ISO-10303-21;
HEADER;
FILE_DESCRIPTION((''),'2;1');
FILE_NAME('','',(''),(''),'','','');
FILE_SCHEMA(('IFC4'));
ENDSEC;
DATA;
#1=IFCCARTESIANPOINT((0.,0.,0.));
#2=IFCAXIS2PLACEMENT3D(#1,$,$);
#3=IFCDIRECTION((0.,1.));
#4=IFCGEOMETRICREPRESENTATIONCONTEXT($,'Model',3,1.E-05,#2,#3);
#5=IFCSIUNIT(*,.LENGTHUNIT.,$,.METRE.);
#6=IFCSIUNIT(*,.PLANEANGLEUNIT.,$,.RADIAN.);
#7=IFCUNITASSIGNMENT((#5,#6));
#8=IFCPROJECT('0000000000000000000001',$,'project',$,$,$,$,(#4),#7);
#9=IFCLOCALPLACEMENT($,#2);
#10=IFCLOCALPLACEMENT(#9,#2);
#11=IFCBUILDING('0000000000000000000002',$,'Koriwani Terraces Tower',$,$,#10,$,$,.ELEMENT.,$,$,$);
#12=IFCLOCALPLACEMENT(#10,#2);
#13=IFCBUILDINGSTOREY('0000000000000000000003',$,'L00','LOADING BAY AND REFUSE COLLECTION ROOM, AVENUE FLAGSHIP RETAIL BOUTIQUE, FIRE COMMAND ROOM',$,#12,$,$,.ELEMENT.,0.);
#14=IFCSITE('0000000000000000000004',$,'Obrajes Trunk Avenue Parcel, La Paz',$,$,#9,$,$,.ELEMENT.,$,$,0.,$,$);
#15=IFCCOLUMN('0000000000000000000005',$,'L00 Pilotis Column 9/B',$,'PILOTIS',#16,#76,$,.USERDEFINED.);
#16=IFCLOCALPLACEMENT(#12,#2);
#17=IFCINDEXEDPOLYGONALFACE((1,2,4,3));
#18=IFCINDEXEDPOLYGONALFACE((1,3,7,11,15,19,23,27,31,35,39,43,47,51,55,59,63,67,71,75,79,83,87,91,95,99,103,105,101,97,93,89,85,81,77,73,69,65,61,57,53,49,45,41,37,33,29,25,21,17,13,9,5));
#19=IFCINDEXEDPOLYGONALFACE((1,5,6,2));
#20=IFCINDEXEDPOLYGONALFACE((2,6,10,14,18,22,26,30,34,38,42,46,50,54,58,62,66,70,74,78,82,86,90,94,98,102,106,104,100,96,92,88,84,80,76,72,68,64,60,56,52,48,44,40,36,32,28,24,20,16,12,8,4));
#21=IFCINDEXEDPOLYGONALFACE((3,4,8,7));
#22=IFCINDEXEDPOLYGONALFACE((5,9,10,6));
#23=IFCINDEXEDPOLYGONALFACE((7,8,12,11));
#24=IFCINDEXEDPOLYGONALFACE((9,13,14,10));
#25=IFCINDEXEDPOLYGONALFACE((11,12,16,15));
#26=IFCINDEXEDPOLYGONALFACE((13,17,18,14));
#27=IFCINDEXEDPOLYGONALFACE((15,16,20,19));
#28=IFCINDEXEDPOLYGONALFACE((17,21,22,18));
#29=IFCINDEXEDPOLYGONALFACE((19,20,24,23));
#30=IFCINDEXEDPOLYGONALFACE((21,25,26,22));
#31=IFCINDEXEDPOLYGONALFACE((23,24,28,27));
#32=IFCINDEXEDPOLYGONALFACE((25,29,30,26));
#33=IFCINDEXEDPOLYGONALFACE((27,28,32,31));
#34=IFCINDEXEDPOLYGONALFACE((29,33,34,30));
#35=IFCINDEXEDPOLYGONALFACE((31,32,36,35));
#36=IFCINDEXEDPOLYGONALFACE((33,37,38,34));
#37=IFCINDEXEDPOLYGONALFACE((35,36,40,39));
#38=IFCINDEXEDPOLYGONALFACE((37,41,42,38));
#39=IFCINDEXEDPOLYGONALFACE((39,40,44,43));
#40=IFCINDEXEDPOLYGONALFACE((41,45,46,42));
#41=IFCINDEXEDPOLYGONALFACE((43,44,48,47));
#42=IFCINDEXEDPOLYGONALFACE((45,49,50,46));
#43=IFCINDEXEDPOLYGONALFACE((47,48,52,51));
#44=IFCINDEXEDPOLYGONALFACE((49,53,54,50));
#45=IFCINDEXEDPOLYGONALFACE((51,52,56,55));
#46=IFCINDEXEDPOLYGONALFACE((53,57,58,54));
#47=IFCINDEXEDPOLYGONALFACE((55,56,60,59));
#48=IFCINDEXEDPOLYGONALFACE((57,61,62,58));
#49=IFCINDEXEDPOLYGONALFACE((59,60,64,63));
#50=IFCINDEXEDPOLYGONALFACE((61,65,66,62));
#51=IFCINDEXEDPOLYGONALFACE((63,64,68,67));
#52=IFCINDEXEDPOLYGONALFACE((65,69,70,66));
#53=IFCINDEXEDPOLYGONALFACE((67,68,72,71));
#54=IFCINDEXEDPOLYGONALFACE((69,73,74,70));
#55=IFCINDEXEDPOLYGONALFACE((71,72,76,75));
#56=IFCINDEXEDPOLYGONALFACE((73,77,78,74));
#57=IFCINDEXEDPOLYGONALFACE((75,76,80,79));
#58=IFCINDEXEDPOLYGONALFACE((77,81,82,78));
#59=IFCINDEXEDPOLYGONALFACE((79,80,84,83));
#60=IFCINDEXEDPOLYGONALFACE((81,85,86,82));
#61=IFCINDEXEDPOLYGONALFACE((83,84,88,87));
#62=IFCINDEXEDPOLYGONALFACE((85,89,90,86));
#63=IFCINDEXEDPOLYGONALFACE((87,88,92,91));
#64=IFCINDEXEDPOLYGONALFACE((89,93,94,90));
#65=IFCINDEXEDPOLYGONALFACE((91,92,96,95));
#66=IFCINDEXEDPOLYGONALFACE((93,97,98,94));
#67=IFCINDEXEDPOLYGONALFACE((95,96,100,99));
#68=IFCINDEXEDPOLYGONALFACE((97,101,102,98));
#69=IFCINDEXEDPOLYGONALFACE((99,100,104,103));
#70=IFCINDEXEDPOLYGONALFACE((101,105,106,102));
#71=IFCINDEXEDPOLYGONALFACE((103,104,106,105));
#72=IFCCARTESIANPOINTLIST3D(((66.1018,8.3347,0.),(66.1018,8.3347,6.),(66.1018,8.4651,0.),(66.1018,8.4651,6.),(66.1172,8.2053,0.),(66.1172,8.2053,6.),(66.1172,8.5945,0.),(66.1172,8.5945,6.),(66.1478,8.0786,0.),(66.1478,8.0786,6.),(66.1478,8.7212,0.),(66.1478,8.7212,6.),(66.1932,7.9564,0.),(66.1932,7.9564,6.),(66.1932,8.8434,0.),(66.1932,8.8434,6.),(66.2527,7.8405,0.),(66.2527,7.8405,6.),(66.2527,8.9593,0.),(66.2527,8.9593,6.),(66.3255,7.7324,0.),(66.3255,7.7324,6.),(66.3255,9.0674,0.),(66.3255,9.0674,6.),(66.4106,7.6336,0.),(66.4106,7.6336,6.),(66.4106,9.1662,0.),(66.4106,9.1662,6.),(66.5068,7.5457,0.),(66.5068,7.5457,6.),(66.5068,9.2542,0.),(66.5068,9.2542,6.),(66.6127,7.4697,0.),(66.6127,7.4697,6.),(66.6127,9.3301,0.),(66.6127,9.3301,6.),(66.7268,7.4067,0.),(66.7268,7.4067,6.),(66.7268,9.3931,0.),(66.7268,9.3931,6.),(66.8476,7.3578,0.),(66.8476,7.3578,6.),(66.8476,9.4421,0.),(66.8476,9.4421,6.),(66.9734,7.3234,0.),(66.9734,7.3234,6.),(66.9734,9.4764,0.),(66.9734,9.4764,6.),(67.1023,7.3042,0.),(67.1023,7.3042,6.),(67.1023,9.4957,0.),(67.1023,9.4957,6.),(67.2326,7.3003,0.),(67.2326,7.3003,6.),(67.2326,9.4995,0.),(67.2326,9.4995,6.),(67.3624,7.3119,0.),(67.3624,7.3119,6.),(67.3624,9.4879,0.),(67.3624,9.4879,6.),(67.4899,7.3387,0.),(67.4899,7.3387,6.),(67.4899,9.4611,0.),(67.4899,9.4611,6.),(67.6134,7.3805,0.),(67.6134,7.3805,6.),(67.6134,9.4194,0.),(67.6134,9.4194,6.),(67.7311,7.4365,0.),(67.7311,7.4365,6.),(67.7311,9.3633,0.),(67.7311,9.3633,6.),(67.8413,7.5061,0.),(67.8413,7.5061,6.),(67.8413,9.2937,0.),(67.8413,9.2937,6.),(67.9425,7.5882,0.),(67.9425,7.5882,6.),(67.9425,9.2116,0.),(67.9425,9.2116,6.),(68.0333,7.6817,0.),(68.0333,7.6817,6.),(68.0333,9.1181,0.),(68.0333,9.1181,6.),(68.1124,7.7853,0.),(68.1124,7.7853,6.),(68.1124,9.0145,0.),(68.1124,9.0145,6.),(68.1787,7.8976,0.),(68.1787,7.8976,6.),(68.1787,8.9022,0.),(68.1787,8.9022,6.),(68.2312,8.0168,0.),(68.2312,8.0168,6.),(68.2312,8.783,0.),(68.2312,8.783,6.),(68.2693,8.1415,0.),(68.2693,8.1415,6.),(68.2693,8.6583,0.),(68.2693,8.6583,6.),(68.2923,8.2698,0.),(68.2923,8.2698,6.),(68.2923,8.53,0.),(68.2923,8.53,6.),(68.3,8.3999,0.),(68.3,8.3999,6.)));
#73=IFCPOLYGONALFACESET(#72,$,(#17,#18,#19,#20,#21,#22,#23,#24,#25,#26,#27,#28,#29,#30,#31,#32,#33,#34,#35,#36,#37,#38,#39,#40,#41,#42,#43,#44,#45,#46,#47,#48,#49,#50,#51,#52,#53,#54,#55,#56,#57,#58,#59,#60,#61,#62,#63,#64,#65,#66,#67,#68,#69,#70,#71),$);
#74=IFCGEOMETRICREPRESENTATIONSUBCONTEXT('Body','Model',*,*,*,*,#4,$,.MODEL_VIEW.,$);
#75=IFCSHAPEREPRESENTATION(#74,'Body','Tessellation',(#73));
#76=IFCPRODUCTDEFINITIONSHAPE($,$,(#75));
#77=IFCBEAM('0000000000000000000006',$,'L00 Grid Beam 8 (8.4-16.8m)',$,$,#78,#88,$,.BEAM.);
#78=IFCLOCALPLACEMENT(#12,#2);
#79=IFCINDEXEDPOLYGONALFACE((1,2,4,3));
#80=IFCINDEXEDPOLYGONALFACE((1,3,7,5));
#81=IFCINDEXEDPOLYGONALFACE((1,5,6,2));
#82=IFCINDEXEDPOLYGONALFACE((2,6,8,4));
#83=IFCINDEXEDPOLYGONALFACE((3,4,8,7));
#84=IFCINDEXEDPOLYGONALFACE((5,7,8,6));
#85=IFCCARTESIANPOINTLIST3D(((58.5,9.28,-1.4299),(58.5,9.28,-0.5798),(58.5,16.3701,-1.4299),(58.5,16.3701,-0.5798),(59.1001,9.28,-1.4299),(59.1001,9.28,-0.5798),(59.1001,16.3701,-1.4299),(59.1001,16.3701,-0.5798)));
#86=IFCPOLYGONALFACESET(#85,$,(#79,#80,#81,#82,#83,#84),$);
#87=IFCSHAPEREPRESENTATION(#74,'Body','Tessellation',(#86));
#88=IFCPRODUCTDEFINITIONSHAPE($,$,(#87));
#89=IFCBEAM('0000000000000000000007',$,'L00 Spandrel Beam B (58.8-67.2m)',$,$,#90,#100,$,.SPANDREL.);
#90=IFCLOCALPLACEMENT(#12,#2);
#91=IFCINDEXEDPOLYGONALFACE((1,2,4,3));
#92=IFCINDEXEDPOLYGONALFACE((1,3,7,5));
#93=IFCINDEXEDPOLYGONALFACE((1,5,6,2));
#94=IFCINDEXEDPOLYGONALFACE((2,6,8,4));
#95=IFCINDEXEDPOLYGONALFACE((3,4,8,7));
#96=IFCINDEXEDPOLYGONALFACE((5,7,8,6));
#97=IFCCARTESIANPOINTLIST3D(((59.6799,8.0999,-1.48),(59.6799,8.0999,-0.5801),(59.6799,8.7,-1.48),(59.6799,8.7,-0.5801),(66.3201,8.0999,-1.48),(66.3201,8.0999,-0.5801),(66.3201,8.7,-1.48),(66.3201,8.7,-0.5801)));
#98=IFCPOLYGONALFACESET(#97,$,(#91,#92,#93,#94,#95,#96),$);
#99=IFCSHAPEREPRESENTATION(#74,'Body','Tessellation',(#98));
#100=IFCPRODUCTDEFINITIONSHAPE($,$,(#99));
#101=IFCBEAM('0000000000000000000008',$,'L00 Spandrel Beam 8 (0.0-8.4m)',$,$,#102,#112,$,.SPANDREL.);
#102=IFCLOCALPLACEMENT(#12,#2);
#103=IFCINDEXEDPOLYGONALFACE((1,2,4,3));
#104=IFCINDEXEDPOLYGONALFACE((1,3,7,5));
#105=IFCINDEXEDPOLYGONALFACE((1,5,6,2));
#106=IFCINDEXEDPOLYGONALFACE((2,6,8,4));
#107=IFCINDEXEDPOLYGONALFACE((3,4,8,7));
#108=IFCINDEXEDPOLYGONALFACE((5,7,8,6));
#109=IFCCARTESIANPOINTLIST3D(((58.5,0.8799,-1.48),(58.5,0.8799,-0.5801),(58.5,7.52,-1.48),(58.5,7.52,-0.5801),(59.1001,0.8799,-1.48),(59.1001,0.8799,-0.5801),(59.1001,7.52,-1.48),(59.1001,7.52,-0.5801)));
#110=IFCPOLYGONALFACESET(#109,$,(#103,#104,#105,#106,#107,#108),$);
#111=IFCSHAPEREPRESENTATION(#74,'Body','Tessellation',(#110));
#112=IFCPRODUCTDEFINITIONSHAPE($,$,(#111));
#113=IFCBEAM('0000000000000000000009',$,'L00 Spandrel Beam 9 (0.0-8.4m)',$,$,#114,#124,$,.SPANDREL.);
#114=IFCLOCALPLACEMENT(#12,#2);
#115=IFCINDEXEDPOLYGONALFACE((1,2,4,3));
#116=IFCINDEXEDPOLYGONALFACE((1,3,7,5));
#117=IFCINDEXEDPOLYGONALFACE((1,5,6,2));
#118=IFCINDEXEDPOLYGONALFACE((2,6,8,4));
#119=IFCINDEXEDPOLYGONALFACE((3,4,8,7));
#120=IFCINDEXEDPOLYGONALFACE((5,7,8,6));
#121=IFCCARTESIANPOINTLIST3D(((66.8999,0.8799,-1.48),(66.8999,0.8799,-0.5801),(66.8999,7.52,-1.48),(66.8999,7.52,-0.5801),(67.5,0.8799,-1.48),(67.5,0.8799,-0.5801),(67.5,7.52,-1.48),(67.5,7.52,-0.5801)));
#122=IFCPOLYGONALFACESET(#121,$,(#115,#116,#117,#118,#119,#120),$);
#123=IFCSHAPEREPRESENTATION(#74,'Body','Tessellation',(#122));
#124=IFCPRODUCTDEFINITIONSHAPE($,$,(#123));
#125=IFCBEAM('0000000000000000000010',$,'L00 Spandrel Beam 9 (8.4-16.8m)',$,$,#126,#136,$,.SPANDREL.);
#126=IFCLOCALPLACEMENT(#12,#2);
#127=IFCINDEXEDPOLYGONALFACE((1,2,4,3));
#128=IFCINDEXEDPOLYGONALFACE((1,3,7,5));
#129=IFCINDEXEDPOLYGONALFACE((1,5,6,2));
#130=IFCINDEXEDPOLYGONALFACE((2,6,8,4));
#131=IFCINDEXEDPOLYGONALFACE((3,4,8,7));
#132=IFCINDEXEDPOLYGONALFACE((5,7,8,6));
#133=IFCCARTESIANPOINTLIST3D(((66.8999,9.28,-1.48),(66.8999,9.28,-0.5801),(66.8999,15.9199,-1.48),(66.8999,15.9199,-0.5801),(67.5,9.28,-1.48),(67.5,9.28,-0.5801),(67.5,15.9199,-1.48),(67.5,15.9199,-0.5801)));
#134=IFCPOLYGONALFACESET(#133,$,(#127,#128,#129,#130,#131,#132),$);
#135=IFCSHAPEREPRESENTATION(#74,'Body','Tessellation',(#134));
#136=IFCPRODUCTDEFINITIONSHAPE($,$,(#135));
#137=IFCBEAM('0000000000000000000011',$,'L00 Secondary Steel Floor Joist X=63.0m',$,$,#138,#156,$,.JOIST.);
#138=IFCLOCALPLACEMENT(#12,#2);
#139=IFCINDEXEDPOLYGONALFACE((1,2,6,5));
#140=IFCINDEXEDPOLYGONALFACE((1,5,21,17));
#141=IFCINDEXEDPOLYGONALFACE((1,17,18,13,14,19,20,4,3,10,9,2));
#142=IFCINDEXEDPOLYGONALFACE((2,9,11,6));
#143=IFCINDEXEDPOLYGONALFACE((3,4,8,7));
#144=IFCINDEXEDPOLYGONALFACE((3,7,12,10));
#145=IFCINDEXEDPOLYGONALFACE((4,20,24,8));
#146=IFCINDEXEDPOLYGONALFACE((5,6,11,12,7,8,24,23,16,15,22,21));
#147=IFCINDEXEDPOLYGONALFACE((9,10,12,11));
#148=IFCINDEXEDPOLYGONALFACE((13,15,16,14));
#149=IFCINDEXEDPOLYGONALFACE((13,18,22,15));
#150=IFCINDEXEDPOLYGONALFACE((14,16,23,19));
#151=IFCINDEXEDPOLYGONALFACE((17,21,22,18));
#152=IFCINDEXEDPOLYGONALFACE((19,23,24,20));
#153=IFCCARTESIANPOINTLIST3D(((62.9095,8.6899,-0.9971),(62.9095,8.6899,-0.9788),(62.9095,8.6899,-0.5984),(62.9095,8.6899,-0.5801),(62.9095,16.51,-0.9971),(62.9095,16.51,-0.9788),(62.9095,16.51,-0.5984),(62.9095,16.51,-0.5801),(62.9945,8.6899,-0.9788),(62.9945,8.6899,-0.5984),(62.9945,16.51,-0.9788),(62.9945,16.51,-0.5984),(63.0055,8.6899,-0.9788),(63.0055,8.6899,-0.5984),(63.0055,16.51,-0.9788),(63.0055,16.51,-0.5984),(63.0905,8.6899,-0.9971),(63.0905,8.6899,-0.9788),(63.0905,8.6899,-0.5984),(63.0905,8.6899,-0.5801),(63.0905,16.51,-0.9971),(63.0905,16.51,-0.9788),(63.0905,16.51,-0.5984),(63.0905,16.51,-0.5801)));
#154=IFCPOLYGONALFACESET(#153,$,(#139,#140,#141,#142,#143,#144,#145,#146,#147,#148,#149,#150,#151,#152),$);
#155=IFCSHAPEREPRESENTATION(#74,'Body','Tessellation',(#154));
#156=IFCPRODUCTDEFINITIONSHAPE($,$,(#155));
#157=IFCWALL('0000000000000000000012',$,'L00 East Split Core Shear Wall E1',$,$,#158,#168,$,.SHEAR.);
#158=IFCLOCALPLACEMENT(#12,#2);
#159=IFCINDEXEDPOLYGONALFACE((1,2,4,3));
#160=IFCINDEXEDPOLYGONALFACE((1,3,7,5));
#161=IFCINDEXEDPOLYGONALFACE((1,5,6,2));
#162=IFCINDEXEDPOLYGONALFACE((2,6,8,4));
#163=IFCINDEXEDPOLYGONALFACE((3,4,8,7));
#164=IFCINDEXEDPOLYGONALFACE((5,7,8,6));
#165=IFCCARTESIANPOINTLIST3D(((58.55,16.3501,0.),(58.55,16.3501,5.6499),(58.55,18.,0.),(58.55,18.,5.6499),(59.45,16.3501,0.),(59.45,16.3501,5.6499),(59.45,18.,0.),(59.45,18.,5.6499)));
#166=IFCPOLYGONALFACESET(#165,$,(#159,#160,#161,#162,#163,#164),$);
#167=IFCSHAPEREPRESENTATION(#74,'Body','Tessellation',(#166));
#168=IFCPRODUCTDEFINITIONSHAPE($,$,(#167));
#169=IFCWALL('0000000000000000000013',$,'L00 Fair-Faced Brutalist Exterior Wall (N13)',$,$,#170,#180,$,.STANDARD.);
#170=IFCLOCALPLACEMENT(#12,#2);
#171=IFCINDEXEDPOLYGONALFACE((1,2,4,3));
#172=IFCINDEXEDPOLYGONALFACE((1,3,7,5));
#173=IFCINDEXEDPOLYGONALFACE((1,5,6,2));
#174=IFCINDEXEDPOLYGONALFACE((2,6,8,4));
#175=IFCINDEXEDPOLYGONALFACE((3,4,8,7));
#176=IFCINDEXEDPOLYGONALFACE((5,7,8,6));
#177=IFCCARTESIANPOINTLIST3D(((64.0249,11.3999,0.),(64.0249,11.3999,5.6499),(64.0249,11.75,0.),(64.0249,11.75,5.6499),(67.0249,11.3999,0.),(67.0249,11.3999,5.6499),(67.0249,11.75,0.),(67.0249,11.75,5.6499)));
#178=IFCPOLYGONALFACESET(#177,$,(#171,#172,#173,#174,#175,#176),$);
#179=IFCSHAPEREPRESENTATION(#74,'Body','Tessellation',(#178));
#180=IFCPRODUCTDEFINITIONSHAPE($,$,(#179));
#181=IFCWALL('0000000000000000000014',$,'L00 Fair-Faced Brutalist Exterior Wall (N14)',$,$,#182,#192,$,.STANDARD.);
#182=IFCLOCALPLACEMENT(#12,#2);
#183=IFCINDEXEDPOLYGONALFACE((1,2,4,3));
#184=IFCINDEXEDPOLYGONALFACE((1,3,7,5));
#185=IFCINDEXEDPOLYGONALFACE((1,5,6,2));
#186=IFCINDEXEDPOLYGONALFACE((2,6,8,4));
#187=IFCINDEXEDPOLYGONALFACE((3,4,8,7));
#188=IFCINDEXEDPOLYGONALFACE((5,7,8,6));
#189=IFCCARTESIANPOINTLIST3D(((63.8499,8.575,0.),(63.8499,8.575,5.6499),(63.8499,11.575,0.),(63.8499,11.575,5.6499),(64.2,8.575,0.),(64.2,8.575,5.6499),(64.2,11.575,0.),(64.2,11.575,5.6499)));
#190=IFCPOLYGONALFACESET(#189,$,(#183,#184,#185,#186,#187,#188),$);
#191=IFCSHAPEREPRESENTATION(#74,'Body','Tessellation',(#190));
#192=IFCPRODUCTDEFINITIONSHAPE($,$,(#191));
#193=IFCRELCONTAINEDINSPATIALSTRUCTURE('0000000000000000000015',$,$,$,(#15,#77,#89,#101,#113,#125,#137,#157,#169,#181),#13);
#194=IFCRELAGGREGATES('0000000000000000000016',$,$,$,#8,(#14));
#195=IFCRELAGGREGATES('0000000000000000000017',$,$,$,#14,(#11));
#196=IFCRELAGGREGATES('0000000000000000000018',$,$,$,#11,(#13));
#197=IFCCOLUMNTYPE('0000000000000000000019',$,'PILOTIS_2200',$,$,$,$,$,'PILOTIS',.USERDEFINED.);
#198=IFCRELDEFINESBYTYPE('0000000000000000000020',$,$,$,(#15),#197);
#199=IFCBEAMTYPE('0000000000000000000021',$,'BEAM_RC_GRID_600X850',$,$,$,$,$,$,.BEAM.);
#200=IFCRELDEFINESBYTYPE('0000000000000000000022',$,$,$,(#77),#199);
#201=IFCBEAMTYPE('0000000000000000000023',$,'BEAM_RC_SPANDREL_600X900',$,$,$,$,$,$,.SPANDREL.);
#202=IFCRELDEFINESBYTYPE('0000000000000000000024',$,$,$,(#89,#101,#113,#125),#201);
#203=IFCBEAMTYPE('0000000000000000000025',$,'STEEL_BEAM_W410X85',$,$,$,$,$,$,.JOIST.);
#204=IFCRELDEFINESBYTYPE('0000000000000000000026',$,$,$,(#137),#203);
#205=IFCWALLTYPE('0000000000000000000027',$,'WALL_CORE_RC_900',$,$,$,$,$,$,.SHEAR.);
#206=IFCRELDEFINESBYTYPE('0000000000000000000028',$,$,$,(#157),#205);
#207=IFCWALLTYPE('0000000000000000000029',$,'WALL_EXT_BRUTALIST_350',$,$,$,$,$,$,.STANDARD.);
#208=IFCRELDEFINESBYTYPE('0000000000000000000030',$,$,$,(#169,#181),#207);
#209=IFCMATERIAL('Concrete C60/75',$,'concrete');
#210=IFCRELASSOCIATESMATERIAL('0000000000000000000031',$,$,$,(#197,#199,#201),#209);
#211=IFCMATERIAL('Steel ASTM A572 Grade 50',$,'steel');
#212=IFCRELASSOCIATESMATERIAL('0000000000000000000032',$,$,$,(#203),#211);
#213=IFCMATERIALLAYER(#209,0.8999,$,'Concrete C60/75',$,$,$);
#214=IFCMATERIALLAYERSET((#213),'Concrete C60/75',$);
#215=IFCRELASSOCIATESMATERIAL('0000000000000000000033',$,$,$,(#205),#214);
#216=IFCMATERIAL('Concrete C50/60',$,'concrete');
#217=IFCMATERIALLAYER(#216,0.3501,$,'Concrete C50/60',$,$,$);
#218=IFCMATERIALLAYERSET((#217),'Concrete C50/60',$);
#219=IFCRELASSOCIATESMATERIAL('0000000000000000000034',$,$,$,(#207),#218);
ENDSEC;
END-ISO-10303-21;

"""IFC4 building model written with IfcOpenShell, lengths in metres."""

from ifc_helpers import new_model, si_unit, direction, frame, frame_2d, origin, origin_2d, place, context, subcontext, project, spatial, rectangle, circle, i_section, extrude, material, layer, layer_set, material_profile, profile_set, type_object, element, save


model = new_model("IFC4")

# Units and contexts
model_context = context("Model", 3, precision=1e-05, world=origin(), true_north=direction((0.0, 1.0)))
body_context = subcontext(model_context, "Body", "Model", "MODEL_VIEW")
ifc_project = project(units=[si_unit("LENGTHUNIT", "METRE"), si_unit("PLANEANGLEUNIT", "RADIAN")], contexts=[model_context])

# Site, building, storey
site_placement = place(None, origin())
site = spatial("IfcSite", under=ifc_project, at=site_placement, Name="Obrajes Trunk Avenue Parcel, La Paz", CompositionType="ELEMENT", RefElevation=0.0)
building_placement = place(site_placement, origin())
building = spatial("IfcBuilding", under=site, at=building_placement, Name="Koriwani Terraces Tower", CompositionType="ELEMENT")
storey_placement = place(building_placement, origin())
storey = spatial("IfcBuildingStorey", under=building, at=storey_placement, Name="L00", Description="LOADING BAY AND REFUSE COLLECTION ROOM, AVENUE FLAGSHIP RETAIL BOUTIQUE, FIRE COMMAND ROOM", CompositionType="ELEMENT", Elevation=0.0)

# Column
ifc_material_1 = material(Name="Concrete C60/75", Category="concrete")
ifc_material_profile_1 = material_profile(ifc_material_1, circle(Radius=1.1001, at=origin_2d()), Name="Concrete C60/75", Category="LoadBearing")
ifc_profile_set_1 = profile_set([ifc_material_profile_1], Name="Concrete C60/75")
column_type = type_object("IfcColumnType", Name="PILOTIS_2200", ElementType="PILOTIS", PredefinedType="USERDEFINED", material=ifc_profile_set_1)
for number, where, z_axis, x_axis, name in (
    (1, (67.2, 8.3999, 0.0), (0.0, 0.0, 1.0), (1.0, 0.0, 0.0), "L00 Pilotis Column 9/B"),
):
    element("IfcColumn", number, at=place(storey_placement, frame(where, z_axis=z_axis, x_axis=x_axis)), inside=storey, type_object=column_type, Name=name, ObjectType="PILOTIS", PredefinedType="USERDEFINED", context=body_context, shape_type="SweptSolid", body=[
        extrude(circle(Radius=1.1001, at=origin_2d()), origin(), (0.0, 0.0, 1.0), 6.0),
    ])

# Beams
ifc_material_profile_2 = material_profile(ifc_material_1, rectangle(XDim=0.6001, YDim=0.8501, at=origin_2d()), Name="Concrete C60/75", Category="LoadBearing")
ifc_profile_set_2 = profile_set([ifc_material_profile_2], Name="Concrete C60/75")
beam_type_1 = type_object("IfcBeamType", Name="BEAM_RC_GRID_600X850", PredefinedType="BEAM", material=ifc_profile_set_2)
beam_1_placement = place(storey_placement, frame((58.8, 9.28, -1.0049), z_axis=(0.0, 1.0, 0.0), x_axis=(-1.0, 0.0, 0.0)))
element("IfcBeam", 2, at=beam_1_placement, inside=storey, type_object=beam_type_1, Name="L00 Grid Beam 8 (8.4-16.8m)", PredefinedType="BEAM", context=body_context, shape_type="SweptSolid", body=[
    extrude(rectangle(XDim=0.6001, YDim=0.8501, at=origin_2d()), origin(), (0.0, 0.0, 1.0), 7.0901),
])
ifc_material_profile_3 = material_profile(ifc_material_1, rectangle(XDim=0.6001, YDim=0.8999, at=origin_2d()), Name="Concrete C60/75", Category="LoadBearing")
ifc_profile_set_3 = profile_set([ifc_material_profile_3], Name="Concrete C60/75")
beam_type_2 = type_object("IfcBeamType", Name="BEAM_RC_SPANDREL_600X900", PredefinedType="SPANDREL", material=ifc_profile_set_3)
for number, where, z_axis, x_axis, name in (
    (3, (59.6799, 8.3999, -1.03), (1.0, 0.0, 0.0), (0.0, 1.0, 0.0), "L00 Spandrel Beam B (58.8-67.2m)"),
    (4, (58.8, 0.8799, -1.03), (0.0, 1.0, 0.0), (-1.0, 0.0, 0.0), "L00 Spandrel Beam 8 (0.0-8.4m)"),
    (5, (67.2, 0.8799, -1.03), (0.0, 1.0, 0.0), (-1.0, 0.0, 0.0), "L00 Spandrel Beam 9 (0.0-8.4m)"),
):
    element("IfcBeam", number, at=place(storey_placement, frame(where, z_axis=z_axis, x_axis=x_axis)), inside=storey, type_object=beam_type_2, Name=name, PredefinedType="SPANDREL", context=body_context, shape_type="SweptSolid", body=[
        extrude(rectangle(XDim=0.6001, YDim=0.8999, at=origin_2d()), origin(), (0.0, 0.0, 1.0), 6.6401),
    ])
beam_2_placement = place(storey_placement, frame((67.2, 9.28, -1.03), z_axis=(0.0, 1.0, 0.0), x_axis=(-1.0, 0.0, 0.0)))
element("IfcBeam", 6, at=beam_2_placement, inside=storey, type_object=beam_type_2, Name="L00 Spandrel Beam 9 (8.4-16.8m)", PredefinedType="SPANDREL", context=body_context, shape_type="SweptSolid", body=[
    extrude(rectangle(XDim=0.6001, YDim=0.8999, at=origin_2d()), origin(), (0.0, 0.0, 1.0), 6.6399),
])
ifc_material_2 = material(Name="Steel ASTM A572 Grade 50", Category="steel")
ifc_material_profile_4 = material_profile(ifc_material_2, i_section(OverallWidth=0.1809, OverallDepth=0.417, WebThickness=0.011, FlangeThickness=0.0183, at=origin_2d()), Name="Steel ASTM A572 Grade 50", Category="LoadBearing")
ifc_profile_set_4 = profile_set([ifc_material_profile_4], Name="Steel ASTM A572 Grade 50")
beam_type_3 = type_object("IfcBeamType", Name="STEEL_BEAM_W410X85", PredefinedType="JOIST", material=ifc_profile_set_4)
beam_3_placement = place(storey_placement, frame((63.0, 8.6899, -0.7886), z_axis=(0.0, 1.0, 0.0), x_axis=(-1.0, 0.0, 0.0)))
element("IfcBeam", 7, at=beam_3_placement, inside=storey, type_object=beam_type_3, Name="L00 Secondary Steel Floor Joist X=63.0m", PredefinedType="JOIST", context=body_context, shape_type="SweptSolid", body=[
    extrude(i_section(OverallWidth=0.1809, OverallDepth=0.417, WebThickness=0.011, FlangeThickness=0.0183, at=origin_2d()), origin(), (0.0, 0.0, 1.0), 7.8201),
])

# Walls
ifc_layer_1 = layer(ifc_material_1, 0.8999, Name="Concrete C60/75")
ifc_layer_set_1 = layer_set([ifc_layer_1], Name="Concrete C60/75")
wall_type_1 = type_object("IfcWallType", Name="WALL_CORE_RC_900", PredefinedType="SHEAR", material=ifc_layer_set_1)
wall_1_placement = place(storey_placement, frame((59.0, 16.3501, 0.0), z_axis=(0.0, 0.0, 1.0), x_axis=(0.0, 1.0, 0.0)))
element("IfcWall", 8, at=wall_1_placement, inside=storey, type_object=wall_type_1, Name="L00 East Split Core Shear Wall E1", PredefinedType="SHEAR", context=body_context, shape_type="SweptSolid", body=[
    extrude(rectangle(XDim=1.6499, YDim=0.8999, at=frame_2d((0.825, 0.0))), origin(), (0.0, 0.0, 1.0), 5.6499),
])
ifc_material_3 = material(Name="Concrete C50/60", Category="concrete")
ifc_layer_2 = layer(ifc_material_3, 0.3501, Name="Concrete C50/60")
ifc_layer_set_2 = layer_set([ifc_layer_2], Name="Concrete C50/60")
wall_type_2 = type_object("IfcWallType", Name="WALL_EXT_BRUTALIST_350", PredefinedType="STANDARD", material=ifc_layer_set_2)
for number, where, z_axis, x_axis, name in (
    (9, (67.0249, 11.575, 0.0), (0.0, 0.0, 1.0), (-1.0, 0.0, 0.0), "L00 Fair-Faced Brutalist Exterior Wall (N13)"),
    (10, (64.0249, 11.575, 0.0), (0.0, 0.0, 1.0), (0.0, -1.0, 0.0), "L00 Fair-Faced Brutalist Exterior Wall (N14)"),
):
    element("IfcWall", number, at=place(storey_placement, frame(where, z_axis=z_axis, x_axis=x_axis)), inside=storey, type_object=wall_type_2, Name=name, PredefinedType="STANDARD", context=body_context, shape_type="SweptSolid", body=[
        extrude(rectangle(XDim=3.0, YDim=0.3501, at=frame_2d((1.5, 0.0))), origin(), (0.0, 0.0, 1.0), 5.6499),
    ])

save(model, "model.ifc")
